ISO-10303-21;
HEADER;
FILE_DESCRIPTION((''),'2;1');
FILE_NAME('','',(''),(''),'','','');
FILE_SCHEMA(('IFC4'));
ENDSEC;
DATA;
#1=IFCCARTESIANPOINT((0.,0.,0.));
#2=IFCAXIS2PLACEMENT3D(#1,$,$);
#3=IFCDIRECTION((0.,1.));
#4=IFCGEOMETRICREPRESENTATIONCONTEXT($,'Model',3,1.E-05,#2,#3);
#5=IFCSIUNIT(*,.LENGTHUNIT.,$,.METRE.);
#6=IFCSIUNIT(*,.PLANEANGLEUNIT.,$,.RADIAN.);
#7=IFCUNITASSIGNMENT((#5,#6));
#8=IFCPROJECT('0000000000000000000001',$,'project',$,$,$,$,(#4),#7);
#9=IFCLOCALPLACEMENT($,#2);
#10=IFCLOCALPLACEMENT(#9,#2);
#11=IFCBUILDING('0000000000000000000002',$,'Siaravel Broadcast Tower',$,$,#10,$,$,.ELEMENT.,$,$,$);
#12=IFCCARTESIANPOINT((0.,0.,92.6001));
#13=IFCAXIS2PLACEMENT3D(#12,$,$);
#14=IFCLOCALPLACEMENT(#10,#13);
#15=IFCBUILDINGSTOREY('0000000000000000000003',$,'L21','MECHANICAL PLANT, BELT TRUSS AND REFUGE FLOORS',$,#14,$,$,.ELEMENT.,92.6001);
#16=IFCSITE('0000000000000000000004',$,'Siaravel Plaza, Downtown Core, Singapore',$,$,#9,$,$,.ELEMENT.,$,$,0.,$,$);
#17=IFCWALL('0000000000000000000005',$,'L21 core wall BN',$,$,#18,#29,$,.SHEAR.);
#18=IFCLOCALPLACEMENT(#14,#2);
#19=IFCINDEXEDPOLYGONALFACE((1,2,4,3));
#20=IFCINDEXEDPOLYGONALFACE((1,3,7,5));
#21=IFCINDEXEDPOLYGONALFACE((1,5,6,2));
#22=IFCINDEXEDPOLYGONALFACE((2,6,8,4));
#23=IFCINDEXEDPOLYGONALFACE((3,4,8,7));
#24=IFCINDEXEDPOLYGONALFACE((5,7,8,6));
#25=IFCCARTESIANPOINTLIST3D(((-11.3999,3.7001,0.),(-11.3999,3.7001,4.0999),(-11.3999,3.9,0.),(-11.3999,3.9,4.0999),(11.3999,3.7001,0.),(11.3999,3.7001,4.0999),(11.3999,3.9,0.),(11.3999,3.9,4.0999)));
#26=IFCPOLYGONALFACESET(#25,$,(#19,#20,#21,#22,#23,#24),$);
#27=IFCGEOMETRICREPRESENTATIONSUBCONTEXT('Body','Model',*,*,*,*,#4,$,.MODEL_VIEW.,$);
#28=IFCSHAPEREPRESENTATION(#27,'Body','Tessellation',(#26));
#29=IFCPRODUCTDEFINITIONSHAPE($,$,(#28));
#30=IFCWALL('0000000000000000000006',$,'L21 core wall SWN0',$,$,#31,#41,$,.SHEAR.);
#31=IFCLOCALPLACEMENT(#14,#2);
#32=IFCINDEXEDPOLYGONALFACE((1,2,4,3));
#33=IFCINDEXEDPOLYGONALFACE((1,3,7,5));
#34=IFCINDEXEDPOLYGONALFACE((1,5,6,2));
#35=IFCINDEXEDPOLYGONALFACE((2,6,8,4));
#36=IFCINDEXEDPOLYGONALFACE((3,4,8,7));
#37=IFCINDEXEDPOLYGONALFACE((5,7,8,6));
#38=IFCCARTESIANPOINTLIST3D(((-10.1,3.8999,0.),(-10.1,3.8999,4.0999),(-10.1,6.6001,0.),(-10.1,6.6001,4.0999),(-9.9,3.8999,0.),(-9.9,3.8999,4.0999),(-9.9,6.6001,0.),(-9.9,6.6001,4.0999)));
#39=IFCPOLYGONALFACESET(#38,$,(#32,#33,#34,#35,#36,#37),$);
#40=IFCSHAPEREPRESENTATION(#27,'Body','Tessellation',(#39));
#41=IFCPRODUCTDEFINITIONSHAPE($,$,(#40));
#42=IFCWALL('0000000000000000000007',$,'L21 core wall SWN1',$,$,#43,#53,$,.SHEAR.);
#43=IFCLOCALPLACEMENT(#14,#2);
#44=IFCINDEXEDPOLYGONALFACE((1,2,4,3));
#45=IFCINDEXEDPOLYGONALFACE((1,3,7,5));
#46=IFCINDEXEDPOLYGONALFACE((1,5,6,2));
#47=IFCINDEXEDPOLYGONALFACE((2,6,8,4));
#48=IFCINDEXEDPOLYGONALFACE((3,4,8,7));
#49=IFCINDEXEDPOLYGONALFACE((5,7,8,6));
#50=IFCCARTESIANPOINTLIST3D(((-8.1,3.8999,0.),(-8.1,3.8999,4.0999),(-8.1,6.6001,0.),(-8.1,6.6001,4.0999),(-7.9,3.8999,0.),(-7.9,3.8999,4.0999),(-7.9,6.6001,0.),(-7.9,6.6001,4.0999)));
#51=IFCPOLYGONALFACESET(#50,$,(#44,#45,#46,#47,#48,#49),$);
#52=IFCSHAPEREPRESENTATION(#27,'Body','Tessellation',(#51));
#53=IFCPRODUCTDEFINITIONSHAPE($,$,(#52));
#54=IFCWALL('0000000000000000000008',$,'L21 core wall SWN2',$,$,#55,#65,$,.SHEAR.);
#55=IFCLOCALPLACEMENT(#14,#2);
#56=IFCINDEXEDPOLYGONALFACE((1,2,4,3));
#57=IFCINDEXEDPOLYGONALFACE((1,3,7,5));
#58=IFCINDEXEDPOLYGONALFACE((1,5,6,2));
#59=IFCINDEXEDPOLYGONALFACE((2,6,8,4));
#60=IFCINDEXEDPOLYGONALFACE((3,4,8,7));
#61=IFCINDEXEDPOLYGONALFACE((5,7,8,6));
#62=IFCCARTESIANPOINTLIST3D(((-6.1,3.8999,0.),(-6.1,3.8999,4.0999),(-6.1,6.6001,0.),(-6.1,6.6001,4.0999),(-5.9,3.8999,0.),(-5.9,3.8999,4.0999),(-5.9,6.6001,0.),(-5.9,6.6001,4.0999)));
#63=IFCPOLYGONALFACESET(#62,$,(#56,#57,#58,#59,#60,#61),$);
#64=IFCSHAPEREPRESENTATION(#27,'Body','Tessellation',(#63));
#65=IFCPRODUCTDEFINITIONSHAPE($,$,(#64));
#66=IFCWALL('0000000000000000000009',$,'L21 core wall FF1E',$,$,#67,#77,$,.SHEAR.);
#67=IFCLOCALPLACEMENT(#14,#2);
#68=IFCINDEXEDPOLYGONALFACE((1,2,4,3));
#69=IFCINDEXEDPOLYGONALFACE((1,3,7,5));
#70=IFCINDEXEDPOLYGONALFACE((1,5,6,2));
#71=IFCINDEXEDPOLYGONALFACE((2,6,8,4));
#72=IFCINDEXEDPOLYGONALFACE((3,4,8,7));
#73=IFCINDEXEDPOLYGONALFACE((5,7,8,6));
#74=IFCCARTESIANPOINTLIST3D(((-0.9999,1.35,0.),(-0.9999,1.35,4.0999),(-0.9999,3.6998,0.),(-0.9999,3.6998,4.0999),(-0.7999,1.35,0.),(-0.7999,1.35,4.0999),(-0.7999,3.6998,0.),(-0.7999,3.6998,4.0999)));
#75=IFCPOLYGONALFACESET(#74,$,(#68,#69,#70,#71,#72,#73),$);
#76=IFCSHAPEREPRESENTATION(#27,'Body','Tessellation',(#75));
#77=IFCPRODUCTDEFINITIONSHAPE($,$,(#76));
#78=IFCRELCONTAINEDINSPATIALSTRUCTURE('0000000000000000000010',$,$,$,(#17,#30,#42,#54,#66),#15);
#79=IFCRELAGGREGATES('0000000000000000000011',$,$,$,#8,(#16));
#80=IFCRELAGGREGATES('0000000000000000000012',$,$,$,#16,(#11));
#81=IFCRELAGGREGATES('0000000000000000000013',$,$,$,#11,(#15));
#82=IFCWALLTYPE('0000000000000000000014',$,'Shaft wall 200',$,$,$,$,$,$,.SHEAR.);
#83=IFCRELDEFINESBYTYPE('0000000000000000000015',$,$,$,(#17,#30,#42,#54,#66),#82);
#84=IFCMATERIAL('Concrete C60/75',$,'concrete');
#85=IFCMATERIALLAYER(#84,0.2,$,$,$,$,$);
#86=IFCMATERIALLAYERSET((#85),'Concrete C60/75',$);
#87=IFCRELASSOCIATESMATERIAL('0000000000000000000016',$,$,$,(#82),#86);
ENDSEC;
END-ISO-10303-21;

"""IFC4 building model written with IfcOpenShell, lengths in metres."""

from ifc_helpers import new_model, si_unit, direction, frame, frame_2d, origin, place, context, subcontext, project, spatial, rectangle, extrude, material, layer, layer_set, type_object, element, save


model = new_model("IFC4")

# Units and contexts
model_context = context("Model", 3, precision=1e-05, world=origin(), true_north=direction((0.0, 1.0)))
body_context = subcontext(model_context, "Body", "Model", "MODEL_VIEW")
ifc_project = project(units=[si_unit("LENGTHUNIT", "METRE"), si_unit("PLANEANGLEUNIT", "RADIAN")], contexts=[model_context])

# Site, building, storey
site_placement = place(None, origin())
site = spatial("IfcSite", under=ifc_project, at=site_placement, Name="Siaravel Plaza, Downtown Core, Singapore", CompositionType="ELEMENT", RefElevation=0.0)
building_placement = place(site_placement, origin())
building = spatial("IfcBuilding", under=site, at=building_placement, Name="Siaravel Broadcast Tower", CompositionType="ELEMENT")
storey_placement = place(building_placement, frame((0.0, 0.0, 92.6001)))
storey = spatial("IfcBuildingStorey", under=building, at=storey_placement, Name="L21", Description="MECHANICAL PLANT, BELT TRUSS AND REFUGE FLOORS", CompositionType="ELEMENT", Elevation=92.6001)

# Shared definitions
ifc_material_1 = material(Name="Concrete C60/75", Category="concrete")

# Walls
ifc_layer_1 = layer(ifc_material_1, 0.2)
ifc_layer_set_1 = layer_set([ifc_layer_1], Name="Concrete C60/75")
wall_type_1 = type_object("IfcWallType", Name="Shaft wall 200", PredefinedType="SHEAR", material=ifc_layer_set_1)
wall_1_placement = place(storey_placement, frame((-11.3999, 3.8, 0.0), z_axis=(0.0, 0.0, 1.0), x_axis=(1.0, 0.0, 0.0)))
element("IfcWall", 1, at=wall_1_placement, inside=storey, type_object=wall_type_1, Name="L21 core wall BN", PredefinedType="SHEAR", context=body_context, shape_type="SweptSolid", body=[
    extrude(rectangle(XDim=22.7998, YDim=0.2, at=frame_2d((11.3999, 0.0))), origin(), (0.0, 0.0, 1.0), 4.0999),
])
for number, where, z_axis, x_axis, name in (
    (2, (-10.0, 3.8999, 0.0), (0.0, 0.0, 1.0), (0.0, 1.0, 0.0), "L21 core wall SWN0"),
    (3, (-8.0, 3.8999, 0.0), (0.0, 0.0, 1.0), (0.0, 1.0, 0.0), "L21 core wall SWN1"),
    (4, (-6.0, 3.8999, 0.0), (0.0, 0.0, 1.0), (0.0, 1.0, 0.0), "L21 core wall SWN2"),
):
    element("IfcWall", number, at=place(storey_placement, frame(where, z_axis=z_axis, x_axis=x_axis)), inside=storey, type_object=wall_type_1, Name=name, PredefinedType="SHEAR", context=body_context, shape_type="SweptSolid", body=[
        extrude(rectangle(XDim=2.7002, YDim=0.2, at=frame_2d((1.3501, 0.0))), origin(), (0.0, 0.0, 1.0), 4.0999),
    ])
wall_2_placement = place(storey_placement, frame((-0.8999, 1.3501, 0.0), z_axis=(0.0, 0.0, 1.0), x_axis=(0.0, 1.0, 0.0)))
element("IfcWall", 5, at=wall_2_placement, inside=storey, type_object=wall_type_1, Name="L21 core wall FF1E", PredefinedType="SHEAR", context=body_context, shape_type="SweptSolid", body=[
    extrude(rectangle(XDim=2.3499, YDim=0.2, at=frame_2d((1.1748, 0.0))), origin(), (0.0, 0.0, 1.0), 4.0999),
])

save(model, "model.ifc")
